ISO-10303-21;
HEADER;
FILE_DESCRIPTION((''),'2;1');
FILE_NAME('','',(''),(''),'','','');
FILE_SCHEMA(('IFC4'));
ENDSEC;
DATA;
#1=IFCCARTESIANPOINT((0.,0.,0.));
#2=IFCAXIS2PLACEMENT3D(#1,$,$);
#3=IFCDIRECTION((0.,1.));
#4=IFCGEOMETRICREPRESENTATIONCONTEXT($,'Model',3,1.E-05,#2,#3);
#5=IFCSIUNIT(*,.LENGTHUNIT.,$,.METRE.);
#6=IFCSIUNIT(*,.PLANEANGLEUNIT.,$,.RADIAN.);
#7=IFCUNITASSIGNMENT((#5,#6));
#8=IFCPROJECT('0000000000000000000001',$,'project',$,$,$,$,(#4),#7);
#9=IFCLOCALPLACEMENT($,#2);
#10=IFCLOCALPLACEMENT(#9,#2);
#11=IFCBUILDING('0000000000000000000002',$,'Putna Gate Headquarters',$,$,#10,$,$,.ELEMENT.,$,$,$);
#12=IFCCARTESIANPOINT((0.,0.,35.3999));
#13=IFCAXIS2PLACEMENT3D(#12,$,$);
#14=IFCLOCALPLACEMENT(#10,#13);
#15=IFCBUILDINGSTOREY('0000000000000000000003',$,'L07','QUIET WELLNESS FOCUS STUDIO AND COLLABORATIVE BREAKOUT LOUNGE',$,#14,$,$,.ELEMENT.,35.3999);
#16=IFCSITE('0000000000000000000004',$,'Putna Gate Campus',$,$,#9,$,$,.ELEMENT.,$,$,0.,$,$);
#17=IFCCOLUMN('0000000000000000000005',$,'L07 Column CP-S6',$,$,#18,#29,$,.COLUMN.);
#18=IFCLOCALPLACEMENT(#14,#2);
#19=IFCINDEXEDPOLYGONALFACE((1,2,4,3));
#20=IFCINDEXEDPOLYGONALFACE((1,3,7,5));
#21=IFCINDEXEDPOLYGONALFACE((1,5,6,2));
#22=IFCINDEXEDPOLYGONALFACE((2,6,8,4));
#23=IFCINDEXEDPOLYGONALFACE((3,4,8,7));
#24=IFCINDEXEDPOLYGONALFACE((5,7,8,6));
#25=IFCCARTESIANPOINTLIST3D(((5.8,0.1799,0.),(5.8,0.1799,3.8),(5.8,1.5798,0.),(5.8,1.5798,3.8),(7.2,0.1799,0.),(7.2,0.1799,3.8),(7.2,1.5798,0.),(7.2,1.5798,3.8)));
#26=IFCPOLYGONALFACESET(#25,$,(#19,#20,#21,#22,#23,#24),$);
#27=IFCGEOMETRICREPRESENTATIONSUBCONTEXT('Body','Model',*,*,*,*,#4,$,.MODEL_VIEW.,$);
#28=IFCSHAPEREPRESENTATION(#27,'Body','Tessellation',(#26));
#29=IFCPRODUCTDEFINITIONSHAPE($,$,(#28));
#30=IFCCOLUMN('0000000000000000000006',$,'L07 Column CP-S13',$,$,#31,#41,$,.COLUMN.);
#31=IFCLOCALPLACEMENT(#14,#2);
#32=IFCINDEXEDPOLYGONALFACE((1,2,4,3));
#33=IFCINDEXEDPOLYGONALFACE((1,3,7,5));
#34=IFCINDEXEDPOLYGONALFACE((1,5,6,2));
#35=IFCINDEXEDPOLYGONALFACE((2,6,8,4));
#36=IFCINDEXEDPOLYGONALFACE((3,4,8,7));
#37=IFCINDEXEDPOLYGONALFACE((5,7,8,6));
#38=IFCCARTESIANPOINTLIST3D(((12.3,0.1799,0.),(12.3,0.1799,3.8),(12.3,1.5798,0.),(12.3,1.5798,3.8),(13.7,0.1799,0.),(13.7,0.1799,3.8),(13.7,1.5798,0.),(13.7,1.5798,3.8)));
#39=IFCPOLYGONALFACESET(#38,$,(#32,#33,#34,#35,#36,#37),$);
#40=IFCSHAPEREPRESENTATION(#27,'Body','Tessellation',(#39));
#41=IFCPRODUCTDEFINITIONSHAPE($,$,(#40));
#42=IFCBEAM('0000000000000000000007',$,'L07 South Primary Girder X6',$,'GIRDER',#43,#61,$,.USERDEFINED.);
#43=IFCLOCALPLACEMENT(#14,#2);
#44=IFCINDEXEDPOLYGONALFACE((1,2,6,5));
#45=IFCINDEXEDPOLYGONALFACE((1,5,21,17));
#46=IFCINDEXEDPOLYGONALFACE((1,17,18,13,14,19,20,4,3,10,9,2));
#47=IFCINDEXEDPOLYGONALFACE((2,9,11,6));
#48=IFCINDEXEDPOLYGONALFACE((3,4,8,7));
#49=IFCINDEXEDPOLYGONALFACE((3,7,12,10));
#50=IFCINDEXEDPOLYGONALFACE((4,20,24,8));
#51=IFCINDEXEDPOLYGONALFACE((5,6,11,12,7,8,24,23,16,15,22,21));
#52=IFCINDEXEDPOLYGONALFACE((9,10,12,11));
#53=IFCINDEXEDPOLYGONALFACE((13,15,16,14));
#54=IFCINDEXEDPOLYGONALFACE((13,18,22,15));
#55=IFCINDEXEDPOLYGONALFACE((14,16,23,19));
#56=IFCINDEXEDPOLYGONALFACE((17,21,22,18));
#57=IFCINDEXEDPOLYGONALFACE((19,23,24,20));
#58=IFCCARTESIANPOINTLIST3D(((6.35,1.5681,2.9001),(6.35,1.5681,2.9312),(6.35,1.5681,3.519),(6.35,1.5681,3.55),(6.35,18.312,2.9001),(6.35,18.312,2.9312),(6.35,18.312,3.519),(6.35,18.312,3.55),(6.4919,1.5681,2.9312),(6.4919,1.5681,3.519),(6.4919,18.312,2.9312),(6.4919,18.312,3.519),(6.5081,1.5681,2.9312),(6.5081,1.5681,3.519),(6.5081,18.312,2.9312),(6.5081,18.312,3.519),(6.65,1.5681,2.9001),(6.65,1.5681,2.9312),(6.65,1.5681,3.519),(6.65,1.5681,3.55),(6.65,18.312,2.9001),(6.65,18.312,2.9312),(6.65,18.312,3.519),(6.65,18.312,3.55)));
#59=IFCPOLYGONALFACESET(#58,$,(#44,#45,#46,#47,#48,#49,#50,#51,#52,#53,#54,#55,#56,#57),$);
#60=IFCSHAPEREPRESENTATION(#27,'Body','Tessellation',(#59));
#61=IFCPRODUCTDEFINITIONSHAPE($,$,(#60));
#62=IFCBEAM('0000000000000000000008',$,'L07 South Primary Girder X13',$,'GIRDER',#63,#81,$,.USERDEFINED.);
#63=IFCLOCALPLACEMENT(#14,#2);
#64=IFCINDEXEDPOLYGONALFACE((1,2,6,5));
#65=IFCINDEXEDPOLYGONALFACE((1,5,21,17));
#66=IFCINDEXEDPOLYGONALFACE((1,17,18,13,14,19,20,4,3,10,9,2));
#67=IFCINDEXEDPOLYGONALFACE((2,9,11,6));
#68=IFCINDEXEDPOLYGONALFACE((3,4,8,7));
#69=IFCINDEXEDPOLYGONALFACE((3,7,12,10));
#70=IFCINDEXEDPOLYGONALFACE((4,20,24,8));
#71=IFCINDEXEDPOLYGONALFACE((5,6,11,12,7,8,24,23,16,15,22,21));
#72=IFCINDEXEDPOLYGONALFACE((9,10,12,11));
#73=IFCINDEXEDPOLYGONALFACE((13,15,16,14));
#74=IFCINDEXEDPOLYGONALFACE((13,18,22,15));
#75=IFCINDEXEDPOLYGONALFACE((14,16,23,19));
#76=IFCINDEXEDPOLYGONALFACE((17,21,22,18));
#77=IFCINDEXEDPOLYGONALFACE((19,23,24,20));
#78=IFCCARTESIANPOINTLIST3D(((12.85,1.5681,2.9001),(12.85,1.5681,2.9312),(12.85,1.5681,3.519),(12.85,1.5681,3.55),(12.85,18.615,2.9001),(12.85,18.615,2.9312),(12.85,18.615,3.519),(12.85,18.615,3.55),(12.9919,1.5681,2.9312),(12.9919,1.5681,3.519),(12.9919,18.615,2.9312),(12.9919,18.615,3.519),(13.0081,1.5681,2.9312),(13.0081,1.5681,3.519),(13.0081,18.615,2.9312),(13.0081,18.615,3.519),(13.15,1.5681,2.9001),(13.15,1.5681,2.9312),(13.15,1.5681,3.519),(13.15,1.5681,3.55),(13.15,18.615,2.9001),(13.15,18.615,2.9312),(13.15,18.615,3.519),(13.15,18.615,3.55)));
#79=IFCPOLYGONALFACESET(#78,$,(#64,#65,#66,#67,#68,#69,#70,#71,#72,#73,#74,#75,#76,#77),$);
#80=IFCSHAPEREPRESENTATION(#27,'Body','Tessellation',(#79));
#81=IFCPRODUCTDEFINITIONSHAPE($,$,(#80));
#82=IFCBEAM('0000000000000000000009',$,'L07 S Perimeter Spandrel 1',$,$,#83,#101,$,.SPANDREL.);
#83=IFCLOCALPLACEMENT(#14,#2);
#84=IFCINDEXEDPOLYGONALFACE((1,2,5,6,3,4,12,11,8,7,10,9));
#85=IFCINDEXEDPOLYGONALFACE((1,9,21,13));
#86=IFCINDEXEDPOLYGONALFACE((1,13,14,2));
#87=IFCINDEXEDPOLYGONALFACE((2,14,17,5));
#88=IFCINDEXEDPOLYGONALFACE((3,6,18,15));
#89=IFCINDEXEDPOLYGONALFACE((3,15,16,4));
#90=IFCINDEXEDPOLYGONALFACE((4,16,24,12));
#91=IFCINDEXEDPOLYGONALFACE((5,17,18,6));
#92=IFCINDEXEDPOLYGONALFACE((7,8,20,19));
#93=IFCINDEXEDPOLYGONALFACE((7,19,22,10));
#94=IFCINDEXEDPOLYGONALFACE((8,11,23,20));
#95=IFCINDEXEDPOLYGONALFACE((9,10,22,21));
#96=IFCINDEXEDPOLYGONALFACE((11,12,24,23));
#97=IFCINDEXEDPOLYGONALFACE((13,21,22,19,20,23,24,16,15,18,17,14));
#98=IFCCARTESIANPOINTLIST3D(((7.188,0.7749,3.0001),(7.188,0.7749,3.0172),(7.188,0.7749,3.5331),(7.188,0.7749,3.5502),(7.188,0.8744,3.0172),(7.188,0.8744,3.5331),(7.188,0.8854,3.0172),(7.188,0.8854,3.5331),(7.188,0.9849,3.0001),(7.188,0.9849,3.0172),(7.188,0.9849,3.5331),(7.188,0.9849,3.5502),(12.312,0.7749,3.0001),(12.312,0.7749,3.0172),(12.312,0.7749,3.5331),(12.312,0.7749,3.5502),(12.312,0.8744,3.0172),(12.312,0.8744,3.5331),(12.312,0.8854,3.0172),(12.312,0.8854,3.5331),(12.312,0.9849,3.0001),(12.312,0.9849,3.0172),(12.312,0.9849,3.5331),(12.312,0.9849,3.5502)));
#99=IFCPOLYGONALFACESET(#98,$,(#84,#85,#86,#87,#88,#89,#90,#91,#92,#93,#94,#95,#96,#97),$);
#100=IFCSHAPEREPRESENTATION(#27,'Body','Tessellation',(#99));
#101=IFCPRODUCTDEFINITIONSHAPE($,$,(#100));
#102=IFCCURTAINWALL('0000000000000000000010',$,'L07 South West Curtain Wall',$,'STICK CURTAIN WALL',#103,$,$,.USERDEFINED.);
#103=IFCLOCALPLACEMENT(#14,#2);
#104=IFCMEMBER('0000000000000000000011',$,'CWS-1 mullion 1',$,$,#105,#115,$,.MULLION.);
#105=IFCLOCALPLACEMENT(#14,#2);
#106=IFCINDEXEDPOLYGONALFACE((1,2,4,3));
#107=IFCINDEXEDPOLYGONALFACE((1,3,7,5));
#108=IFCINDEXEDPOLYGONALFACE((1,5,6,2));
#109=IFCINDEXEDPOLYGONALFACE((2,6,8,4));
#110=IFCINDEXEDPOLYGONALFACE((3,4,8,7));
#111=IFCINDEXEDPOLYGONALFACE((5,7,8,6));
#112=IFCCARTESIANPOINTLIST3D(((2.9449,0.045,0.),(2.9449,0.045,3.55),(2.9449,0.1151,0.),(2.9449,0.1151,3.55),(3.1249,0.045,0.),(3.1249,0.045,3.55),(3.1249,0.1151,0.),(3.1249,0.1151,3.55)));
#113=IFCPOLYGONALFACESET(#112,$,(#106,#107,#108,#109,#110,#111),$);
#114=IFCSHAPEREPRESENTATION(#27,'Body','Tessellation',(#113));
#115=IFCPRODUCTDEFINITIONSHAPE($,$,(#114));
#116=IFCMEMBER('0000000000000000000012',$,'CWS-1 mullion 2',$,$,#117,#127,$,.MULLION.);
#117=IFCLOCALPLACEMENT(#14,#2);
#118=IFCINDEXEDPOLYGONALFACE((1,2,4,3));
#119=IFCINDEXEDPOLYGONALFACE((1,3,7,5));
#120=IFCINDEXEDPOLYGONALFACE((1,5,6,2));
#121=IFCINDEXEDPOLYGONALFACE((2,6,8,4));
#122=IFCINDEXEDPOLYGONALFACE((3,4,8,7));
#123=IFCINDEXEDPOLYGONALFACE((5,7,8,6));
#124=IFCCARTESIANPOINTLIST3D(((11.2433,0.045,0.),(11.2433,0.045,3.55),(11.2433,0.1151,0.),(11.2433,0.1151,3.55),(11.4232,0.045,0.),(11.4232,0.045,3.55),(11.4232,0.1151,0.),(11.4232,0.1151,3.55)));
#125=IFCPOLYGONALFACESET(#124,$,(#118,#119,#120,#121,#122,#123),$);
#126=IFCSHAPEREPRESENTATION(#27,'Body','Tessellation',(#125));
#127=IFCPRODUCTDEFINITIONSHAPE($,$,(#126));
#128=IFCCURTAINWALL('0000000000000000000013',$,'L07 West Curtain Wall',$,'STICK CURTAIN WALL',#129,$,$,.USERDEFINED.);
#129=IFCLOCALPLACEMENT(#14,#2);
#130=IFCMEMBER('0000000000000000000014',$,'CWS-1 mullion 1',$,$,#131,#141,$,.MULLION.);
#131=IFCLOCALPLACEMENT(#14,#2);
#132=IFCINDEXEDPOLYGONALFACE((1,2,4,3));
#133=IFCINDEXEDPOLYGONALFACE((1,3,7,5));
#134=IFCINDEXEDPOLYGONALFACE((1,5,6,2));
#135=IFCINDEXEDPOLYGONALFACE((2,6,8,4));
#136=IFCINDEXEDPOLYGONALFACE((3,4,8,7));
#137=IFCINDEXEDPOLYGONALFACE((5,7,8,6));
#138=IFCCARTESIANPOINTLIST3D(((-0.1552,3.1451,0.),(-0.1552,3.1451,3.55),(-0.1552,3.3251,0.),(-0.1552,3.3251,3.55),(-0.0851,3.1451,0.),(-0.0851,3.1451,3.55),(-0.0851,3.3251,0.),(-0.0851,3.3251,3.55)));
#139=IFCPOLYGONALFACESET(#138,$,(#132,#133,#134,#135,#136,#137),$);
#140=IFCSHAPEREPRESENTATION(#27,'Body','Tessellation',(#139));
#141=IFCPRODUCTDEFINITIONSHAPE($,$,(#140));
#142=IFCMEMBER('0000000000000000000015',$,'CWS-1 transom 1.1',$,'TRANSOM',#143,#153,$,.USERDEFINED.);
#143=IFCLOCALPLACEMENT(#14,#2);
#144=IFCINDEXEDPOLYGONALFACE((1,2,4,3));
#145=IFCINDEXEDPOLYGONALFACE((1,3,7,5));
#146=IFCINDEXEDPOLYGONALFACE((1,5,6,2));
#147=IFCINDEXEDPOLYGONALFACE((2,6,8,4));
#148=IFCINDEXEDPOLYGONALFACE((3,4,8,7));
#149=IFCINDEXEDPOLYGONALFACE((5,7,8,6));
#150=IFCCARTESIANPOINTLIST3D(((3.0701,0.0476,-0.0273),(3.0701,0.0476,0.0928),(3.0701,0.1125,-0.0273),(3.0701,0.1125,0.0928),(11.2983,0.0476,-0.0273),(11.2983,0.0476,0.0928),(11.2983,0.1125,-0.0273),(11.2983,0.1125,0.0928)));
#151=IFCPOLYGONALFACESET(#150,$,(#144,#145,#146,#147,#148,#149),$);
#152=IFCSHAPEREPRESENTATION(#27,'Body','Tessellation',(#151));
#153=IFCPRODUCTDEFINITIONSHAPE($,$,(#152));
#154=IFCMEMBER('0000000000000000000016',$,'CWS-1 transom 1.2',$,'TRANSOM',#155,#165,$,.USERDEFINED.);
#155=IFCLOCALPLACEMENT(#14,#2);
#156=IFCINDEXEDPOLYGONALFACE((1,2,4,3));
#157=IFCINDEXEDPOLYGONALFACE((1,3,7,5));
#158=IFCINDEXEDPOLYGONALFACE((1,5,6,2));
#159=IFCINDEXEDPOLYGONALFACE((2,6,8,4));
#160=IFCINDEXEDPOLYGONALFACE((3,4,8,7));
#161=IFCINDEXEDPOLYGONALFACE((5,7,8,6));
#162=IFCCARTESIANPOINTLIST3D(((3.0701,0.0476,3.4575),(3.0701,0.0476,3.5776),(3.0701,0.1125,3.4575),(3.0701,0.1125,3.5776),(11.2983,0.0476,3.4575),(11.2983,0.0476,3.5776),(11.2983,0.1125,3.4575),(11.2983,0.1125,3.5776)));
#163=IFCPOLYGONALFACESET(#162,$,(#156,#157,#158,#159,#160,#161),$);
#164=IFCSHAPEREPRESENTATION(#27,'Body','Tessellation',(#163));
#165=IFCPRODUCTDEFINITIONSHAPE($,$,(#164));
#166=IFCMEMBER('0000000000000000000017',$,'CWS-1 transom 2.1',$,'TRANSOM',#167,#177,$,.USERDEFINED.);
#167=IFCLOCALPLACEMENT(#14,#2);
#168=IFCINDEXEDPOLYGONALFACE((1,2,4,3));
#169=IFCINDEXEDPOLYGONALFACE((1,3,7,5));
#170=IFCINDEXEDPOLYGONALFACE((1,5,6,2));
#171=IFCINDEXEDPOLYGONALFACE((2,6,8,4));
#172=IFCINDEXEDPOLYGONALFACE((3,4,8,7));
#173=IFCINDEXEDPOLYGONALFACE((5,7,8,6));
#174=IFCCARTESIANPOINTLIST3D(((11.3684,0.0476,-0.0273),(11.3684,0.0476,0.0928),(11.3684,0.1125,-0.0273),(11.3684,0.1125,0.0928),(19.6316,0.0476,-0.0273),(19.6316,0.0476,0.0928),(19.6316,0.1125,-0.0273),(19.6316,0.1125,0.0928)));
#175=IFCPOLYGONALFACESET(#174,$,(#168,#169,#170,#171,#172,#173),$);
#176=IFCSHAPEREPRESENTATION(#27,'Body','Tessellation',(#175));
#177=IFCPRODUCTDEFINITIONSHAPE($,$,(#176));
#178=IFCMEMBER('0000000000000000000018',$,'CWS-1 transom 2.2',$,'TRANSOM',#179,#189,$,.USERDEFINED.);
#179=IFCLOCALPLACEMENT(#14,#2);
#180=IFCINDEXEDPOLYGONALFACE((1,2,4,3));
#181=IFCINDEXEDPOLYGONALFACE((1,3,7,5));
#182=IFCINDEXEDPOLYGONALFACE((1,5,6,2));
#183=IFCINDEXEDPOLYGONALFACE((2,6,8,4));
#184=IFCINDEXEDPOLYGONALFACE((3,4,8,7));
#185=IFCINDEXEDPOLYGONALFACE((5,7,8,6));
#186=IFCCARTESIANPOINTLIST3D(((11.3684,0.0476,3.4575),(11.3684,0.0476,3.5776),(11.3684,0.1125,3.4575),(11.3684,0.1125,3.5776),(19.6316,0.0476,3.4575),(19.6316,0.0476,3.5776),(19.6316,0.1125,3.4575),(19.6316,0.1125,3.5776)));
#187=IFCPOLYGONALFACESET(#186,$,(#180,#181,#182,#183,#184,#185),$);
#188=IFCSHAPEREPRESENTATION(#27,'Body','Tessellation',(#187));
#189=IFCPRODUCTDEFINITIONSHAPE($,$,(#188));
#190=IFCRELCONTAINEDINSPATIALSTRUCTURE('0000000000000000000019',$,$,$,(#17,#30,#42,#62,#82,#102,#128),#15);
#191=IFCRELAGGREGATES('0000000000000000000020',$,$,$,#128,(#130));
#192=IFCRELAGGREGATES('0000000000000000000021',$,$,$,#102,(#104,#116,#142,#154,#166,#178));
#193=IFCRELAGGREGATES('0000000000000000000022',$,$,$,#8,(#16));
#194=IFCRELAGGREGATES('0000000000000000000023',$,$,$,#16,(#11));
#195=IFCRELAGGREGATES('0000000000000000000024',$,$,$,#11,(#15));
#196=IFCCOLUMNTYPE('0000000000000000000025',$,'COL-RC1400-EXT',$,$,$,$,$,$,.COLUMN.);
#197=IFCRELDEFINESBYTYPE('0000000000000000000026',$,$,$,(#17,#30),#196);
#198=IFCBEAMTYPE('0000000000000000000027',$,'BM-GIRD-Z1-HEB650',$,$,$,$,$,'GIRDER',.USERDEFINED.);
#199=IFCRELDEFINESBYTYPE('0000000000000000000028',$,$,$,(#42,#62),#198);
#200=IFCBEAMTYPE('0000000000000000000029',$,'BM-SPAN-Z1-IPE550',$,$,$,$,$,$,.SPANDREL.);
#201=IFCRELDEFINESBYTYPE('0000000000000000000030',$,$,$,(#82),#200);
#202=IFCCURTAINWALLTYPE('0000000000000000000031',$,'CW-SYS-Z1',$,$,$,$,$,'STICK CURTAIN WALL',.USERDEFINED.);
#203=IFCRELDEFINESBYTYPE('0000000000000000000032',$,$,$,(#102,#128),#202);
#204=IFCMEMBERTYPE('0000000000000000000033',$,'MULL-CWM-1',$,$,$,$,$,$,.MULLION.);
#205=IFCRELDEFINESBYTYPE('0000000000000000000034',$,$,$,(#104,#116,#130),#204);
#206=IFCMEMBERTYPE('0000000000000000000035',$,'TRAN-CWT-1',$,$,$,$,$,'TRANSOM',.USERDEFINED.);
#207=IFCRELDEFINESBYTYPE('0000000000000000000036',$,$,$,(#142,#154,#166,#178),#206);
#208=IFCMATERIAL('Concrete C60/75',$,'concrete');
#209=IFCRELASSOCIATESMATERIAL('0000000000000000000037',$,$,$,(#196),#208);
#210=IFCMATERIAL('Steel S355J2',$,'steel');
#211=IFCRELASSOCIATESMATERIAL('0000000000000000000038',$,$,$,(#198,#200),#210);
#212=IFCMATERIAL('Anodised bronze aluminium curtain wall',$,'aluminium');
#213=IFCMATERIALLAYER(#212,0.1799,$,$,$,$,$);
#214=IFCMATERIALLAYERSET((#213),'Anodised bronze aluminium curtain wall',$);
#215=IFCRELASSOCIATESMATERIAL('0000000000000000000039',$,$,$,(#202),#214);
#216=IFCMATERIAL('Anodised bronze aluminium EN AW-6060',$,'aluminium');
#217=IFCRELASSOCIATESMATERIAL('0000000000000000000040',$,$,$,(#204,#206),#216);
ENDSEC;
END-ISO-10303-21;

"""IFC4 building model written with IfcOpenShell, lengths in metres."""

from ifc_helpers import new_model, si_unit, direction, frame, origin, origin_2d, place, context, subcontext, project, spatial, rectangle, i_section, extrude, material, layer, layer_set, material_profile, profile_set, type_object, element, aggregate, save


model = new_model("IFC4")

# Units and contexts
model_context = context("Model", 3, precision=1e-05, world=origin(), true_north=direction((0.0, 1.0)))
body_context = subcontext(model_context, "Body", "Model", "MODEL_VIEW")
ifc_project = project(units=[si_unit("LENGTHUNIT", "METRE"), si_unit("PLANEANGLEUNIT", "RADIAN")], contexts=[model_context])

# Site, building, storey
site_placement = place(None, origin())
site = spatial("IfcSite", under=ifc_project, at=site_placement, Name="Putna Gate Campus", CompositionType="ELEMENT", RefElevation=0.0)
building_placement = place(site_placement, origin())
building = spatial("IfcBuilding", under=site, at=building_placement, Name="Putna Gate Headquarters", CompositionType="ELEMENT")
storey_placement = place(building_placement, frame((0.0, 0.0, 35.3999)))
storey = spatial("IfcBuildingStorey", under=building, at=storey_placement, Name="L07", Description="QUIET WELLNESS FOCUS STUDIO AND COLLABORATIVE BREAKOUT LOUNGE", CompositionType="ELEMENT", Elevation=35.3999)

# Columns
ifc_material_1 = material(Name="Concrete C60/75", Category="concrete")
ifc_material_profile_1 = material_profile(ifc_material_1, rectangle(XDim=1.3999, YDim=1.3999, at=origin_2d()), Name="Concrete C60/75")
ifc_profile_set_1 = profile_set([ifc_material_profile_1], Name="Concrete C60/75")
column_type = type_object("IfcColumnType", Name="COL-RC1400-EXT", PredefinedType="COLUMN", material=ifc_profile_set_1)
for number, where, z_axis, x_axis, name in (
    (1, (6.5, 0.8799, 0.0), (0.0, 0.0, 1.0), (1.0, 0.0, 0.0), "L07 Column CP-S6"),
    (2, (13.0, 0.8799, 0.0), (0.0, 0.0, 1.0), (1.0, 0.0, 0.0), "L07 Column CP-S13"),
):
    element("IfcColumn", number, at=place(storey_placement, frame(where, z_axis=z_axis, x_axis=x_axis)), inside=storey, type_object=column_type, Name=name, PredefinedType="COLUMN", context=body_context, shape_type="SweptSolid", body=[
        extrude(rectangle(XDim=1.3999, YDim=1.3999, at=origin_2d()), origin(), (0.0, 0.0, 1.0), 3.8),
    ])

# Beams
ifc_material_2 = material(Name="Steel S355J2", Category="steel")
ifc_material_profile_2 = material_profile(ifc_material_2, i_section(OverallWidth=0.3, OverallDepth=0.6499, WebThickness=0.0161, FlangeThickness=0.031, at=origin_2d()), Name="Steel S355J2")
ifc_profile_set_2 = profile_set([ifc_material_profile_2], Name="Steel S355J2")
beam_type_1 = type_object("IfcBeamType", Name="BM-GIRD-Z1-HEB650", ElementType="GIRDER", PredefinedType="USERDEFINED", material=ifc_profile_set_2)
beam_1_placement = place(storey_placement, frame((6.5, 1.5681, 3.2251), z_axis=(0.0, 1.0, 0.0), x_axis=(-1.0, 0.0, 0.0)))
element("IfcBeam", 3, at=beam_1_placement, inside=storey, type_object=beam_type_1, Name="L07 South Primary Girder X6", ObjectType="GIRDER", PredefinedType="USERDEFINED", context=body_context, shape_type="SweptSolid", body=[
    extrude(i_section(OverallWidth=0.3, OverallDepth=0.6499, WebThickness=0.0161, FlangeThickness=0.031, at=origin_2d()), origin(), (0.0, 0.0, 1.0), 16.7439),
])
beam_2_placement = place(storey_placement, frame((13.0, 1.5681, 3.2251), z_axis=(0.0, 1.0, 0.0), x_axis=(-1.0, 0.0, 0.0)))
element("IfcBeam", 4, at=beam_2_placement, inside=storey, type_object=beam_type_1, Name="L07 South Primary Girder X13", ObjectType="GIRDER", PredefinedType="USERDEFINED", context=body_context, shape_type="SweptSolid", body=[
    extrude(i_section(OverallWidth=0.3, OverallDepth=0.6499, WebThickness=0.0161, FlangeThickness=0.031, at=origin_2d()), origin(), (0.0, 0.0, 1.0), 17.0469),
])
ifc_material_profile_3 = material_profile(ifc_material_2, i_section(OverallWidth=0.21, OverallDepth=0.55, WebThickness=0.011, FlangeThickness=0.0171, at=origin_2d()), Name="Steel S355J2")
ifc_profile_set_3 = profile_set([ifc_material_profile_3], Name="Steel S355J2")
beam_type_2 = type_object("IfcBeamType", Name="BM-SPAN-Z1-IPE550", PredefinedType="SPANDREL", material=ifc_profile_set_3)
beam_3_placement = place(storey_placement, frame((7.188, 0.8799, 3.2751), z_axis=(1.0, 0.0, 0.0), x_axis=(0.0, 1.0, 0.0)))
element("IfcBeam", 5, at=beam_3_placement, inside=storey, type_object=beam_type_2, Name="L07 S Perimeter Spandrel 1", PredefinedType="SPANDREL", context=body_context, shape_type="SweptSolid", body=[
    extrude(i_section(OverallWidth=0.21, OverallDepth=0.55, WebThickness=0.011, FlangeThickness=0.0171, at=origin_2d()), origin(), (0.0, 0.0, 1.0), 5.124),
])

# Curtain wall, members
ifc_material_3 = material(Name="Anodised bronze aluminium curtain wall", Category="aluminium")
ifc_layer_1 = layer(ifc_material_3, 0.1799)
ifc_layer_set_1 = layer_set([ifc_layer_1], Name="Anodised bronze aluminium curtain wall")
curtain_wall_type = type_object("IfcCurtainWallType", Name="CW-SYS-Z1", ElementType="STICK CURTAIN WALL", PredefinedType="USERDEFINED", material=ifc_layer_set_1)
curtain_wall_1_placement = place(storey_placement, origin())
curtain_wall_1 = element("IfcCurtainWall", 6, at=curtain_wall_1_placement, inside=storey, type_object=curtain_wall_type, Name="L07 South West Curtain Wall", ObjectType="STICK CURTAIN WALL", PredefinedType="USERDEFINED")
ifc_material_4 = material(Name="Anodised bronze aluminium EN AW-6060", Category="aluminium")
ifc_material_profile_4 = material_profile(ifc_material_4, rectangle(XDim=0.0701, YDim=0.1799, at=origin_2d()), Name="Anodised bronze aluminium EN AW-6060")
ifc_profile_set_4 = profile_set([ifc_material_profile_4], Name="Anodised bronze aluminium EN AW-6060")
member_type_1 = type_object("IfcMemberType", Name="MULL-CWM-1", PredefinedType="MULLION", material=ifc_profile_set_4)
member_1_placement = place(storey_placement, frame((3.0349, 0.0801, 0.0), z_axis=(0.0, 0.0, 1.0), x_axis=(0.0, 1.0, 0.0)))
member_1 = element("IfcMember", 7, at=member_1_placement, type_object=member_type_1, Name="CWS-1 mullion 1", PredefinedType="MULLION", context=body_context, shape_type="SweptSolid", body=[
    extrude(rectangle(XDim=0.0701, YDim=0.1799, at=origin_2d()), origin(), (0.0, 0.0, 1.0), 3.55),
])
member_2_placement = place(storey_placement, frame((11.3333, 0.0801, 0.0), z_axis=(0.0, 0.0, 1.0), x_axis=(0.0, 1.0, 0.0)))
member_2 = element("IfcMember", 8, at=member_2_placement, type_object=member_type_1, Name="CWS-1 mullion 2", PredefinedType="MULLION", context=body_context, shape_type="SweptSolid", body=[
    extrude(rectangle(XDim=0.0701, YDim=0.1799, at=origin_2d()), origin(), (0.0, 0.0, 1.0), 3.55),
])

# Curtain wall, member
curtain_wall_2_placement = place(storey_placement, origin())
curtain_wall_2 = element("IfcCurtainWall", 9, at=curtain_wall_2_placement, inside=storey, type_object=curtain_wall_type, Name="L07 West Curtain Wall", ObjectType="STICK CURTAIN WALL", PredefinedType="USERDEFINED")
member_3_placement = place(storey_placement, frame((-0.1201, 3.2351, 0.0), z_axis=(0.0, 0.0, 1.0), x_axis=(-1.0, 0.0, 0.0)))
member_3 = element("IfcMember", 10, at=member_3_placement, type_object=member_type_1, Name="CWS-1 mullion 1", PredefinedType="MULLION", context=body_context, shape_type="SweptSolid", body=[
    extrude(rectangle(XDim=0.0701, YDim=0.1799, at=origin_2d()), origin(), (0.0, 0.0, 1.0), 3.55),
])
aggregate(curtain_wall_2, [member_3])

# Members
ifc_material_profile_5 = material_profile(ifc_material_4, rectangle(XDim=0.0649, YDim=0.1201, at=origin_2d()), Name="Anodised bronze aluminium EN AW-6060")
ifc_profile_set_5 = profile_set([ifc_material_profile_5], Name="Anodised bronze aluminium EN AW-6060")
member_type_2 = type_object("IfcMemberType", Name="TRAN-CWT-1", ElementType="TRANSOM", PredefinedType="USERDEFINED", material=ifc_profile_set_5)
member_4_placement = place(storey_placement, frame((3.0701, 0.0801, 0.0327), z_axis=(1.0, 0.0, 0.0), x_axis=(0.0, 1.0, 0.0)))
member_4 = element("IfcMember", 11, at=member_4_placement, type_object=member_type_2, Name="CWS-1 transom 1.1", ObjectType="TRANSOM", PredefinedType="USERDEFINED", context=body_context, shape_type="SweptSolid", body=[
    extrude(rectangle(XDim=0.0649, YDim=0.1201, at=origin_2d()), origin(), (0.0, 0.0, 1.0), 8.2283),
])
member_5_placement = place(storey_placement, frame((3.0701, 0.0801, 3.5176), z_axis=(1.0, 0.0, 0.0), x_axis=(0.0, 1.0, 0.0)))
member_5 = element("IfcMember", 12, at=member_5_placement, type_object=member_type_2, Name="CWS-1 transom 1.2", ObjectType="TRANSOM", PredefinedType="USERDEFINED", context=body_context, shape_type="SweptSolid", body=[
    extrude(rectangle(XDim=0.0649, YDim=0.1201, at=origin_2d()), origin(), (0.0, 0.0, 1.0), 8.2283),
])
member_6_placement = place(storey_placement, frame((11.3684, 0.0801, 0.0327), z_axis=(1.0, 0.0, 0.0), x_axis=(0.0, 1.0, 0.0)))
member_6 = element("IfcMember", 13, at=member_6_placement, type_object=member_type_2, Name="CWS-1 transom 2.1", ObjectType="TRANSOM", PredefinedType="USERDEFINED", context=body_context, shape_type="SweptSolid", body=[
    extrude(rectangle(XDim=0.0649, YDim=0.1201, at=origin_2d()), origin(), (0.0, 0.0, 1.0), 8.2632),
])
member_7_placement = place(storey_placement, frame((11.3684, 0.0801, 3.5176), z_axis=(1.0, 0.0, 0.0), x_axis=(0.0, 1.0, 0.0)))
member_7 = element("IfcMember", 14, at=member_7_placement, type_object=member_type_2, Name="CWS-1 transom 2.2", ObjectType="TRANSOM", PredefinedType="USERDEFINED", context=body_context, shape_type="SweptSolid", body=[
    extrude(rectangle(XDim=0.0649, YDim=0.1201, at=origin_2d()), origin(), (0.0, 0.0, 1.0), 8.2632),
])

aggregate(curtain_wall_1, [member_1, member_2, member_4, member_5, member_6, member_7])

save(model, "model.ifc")
